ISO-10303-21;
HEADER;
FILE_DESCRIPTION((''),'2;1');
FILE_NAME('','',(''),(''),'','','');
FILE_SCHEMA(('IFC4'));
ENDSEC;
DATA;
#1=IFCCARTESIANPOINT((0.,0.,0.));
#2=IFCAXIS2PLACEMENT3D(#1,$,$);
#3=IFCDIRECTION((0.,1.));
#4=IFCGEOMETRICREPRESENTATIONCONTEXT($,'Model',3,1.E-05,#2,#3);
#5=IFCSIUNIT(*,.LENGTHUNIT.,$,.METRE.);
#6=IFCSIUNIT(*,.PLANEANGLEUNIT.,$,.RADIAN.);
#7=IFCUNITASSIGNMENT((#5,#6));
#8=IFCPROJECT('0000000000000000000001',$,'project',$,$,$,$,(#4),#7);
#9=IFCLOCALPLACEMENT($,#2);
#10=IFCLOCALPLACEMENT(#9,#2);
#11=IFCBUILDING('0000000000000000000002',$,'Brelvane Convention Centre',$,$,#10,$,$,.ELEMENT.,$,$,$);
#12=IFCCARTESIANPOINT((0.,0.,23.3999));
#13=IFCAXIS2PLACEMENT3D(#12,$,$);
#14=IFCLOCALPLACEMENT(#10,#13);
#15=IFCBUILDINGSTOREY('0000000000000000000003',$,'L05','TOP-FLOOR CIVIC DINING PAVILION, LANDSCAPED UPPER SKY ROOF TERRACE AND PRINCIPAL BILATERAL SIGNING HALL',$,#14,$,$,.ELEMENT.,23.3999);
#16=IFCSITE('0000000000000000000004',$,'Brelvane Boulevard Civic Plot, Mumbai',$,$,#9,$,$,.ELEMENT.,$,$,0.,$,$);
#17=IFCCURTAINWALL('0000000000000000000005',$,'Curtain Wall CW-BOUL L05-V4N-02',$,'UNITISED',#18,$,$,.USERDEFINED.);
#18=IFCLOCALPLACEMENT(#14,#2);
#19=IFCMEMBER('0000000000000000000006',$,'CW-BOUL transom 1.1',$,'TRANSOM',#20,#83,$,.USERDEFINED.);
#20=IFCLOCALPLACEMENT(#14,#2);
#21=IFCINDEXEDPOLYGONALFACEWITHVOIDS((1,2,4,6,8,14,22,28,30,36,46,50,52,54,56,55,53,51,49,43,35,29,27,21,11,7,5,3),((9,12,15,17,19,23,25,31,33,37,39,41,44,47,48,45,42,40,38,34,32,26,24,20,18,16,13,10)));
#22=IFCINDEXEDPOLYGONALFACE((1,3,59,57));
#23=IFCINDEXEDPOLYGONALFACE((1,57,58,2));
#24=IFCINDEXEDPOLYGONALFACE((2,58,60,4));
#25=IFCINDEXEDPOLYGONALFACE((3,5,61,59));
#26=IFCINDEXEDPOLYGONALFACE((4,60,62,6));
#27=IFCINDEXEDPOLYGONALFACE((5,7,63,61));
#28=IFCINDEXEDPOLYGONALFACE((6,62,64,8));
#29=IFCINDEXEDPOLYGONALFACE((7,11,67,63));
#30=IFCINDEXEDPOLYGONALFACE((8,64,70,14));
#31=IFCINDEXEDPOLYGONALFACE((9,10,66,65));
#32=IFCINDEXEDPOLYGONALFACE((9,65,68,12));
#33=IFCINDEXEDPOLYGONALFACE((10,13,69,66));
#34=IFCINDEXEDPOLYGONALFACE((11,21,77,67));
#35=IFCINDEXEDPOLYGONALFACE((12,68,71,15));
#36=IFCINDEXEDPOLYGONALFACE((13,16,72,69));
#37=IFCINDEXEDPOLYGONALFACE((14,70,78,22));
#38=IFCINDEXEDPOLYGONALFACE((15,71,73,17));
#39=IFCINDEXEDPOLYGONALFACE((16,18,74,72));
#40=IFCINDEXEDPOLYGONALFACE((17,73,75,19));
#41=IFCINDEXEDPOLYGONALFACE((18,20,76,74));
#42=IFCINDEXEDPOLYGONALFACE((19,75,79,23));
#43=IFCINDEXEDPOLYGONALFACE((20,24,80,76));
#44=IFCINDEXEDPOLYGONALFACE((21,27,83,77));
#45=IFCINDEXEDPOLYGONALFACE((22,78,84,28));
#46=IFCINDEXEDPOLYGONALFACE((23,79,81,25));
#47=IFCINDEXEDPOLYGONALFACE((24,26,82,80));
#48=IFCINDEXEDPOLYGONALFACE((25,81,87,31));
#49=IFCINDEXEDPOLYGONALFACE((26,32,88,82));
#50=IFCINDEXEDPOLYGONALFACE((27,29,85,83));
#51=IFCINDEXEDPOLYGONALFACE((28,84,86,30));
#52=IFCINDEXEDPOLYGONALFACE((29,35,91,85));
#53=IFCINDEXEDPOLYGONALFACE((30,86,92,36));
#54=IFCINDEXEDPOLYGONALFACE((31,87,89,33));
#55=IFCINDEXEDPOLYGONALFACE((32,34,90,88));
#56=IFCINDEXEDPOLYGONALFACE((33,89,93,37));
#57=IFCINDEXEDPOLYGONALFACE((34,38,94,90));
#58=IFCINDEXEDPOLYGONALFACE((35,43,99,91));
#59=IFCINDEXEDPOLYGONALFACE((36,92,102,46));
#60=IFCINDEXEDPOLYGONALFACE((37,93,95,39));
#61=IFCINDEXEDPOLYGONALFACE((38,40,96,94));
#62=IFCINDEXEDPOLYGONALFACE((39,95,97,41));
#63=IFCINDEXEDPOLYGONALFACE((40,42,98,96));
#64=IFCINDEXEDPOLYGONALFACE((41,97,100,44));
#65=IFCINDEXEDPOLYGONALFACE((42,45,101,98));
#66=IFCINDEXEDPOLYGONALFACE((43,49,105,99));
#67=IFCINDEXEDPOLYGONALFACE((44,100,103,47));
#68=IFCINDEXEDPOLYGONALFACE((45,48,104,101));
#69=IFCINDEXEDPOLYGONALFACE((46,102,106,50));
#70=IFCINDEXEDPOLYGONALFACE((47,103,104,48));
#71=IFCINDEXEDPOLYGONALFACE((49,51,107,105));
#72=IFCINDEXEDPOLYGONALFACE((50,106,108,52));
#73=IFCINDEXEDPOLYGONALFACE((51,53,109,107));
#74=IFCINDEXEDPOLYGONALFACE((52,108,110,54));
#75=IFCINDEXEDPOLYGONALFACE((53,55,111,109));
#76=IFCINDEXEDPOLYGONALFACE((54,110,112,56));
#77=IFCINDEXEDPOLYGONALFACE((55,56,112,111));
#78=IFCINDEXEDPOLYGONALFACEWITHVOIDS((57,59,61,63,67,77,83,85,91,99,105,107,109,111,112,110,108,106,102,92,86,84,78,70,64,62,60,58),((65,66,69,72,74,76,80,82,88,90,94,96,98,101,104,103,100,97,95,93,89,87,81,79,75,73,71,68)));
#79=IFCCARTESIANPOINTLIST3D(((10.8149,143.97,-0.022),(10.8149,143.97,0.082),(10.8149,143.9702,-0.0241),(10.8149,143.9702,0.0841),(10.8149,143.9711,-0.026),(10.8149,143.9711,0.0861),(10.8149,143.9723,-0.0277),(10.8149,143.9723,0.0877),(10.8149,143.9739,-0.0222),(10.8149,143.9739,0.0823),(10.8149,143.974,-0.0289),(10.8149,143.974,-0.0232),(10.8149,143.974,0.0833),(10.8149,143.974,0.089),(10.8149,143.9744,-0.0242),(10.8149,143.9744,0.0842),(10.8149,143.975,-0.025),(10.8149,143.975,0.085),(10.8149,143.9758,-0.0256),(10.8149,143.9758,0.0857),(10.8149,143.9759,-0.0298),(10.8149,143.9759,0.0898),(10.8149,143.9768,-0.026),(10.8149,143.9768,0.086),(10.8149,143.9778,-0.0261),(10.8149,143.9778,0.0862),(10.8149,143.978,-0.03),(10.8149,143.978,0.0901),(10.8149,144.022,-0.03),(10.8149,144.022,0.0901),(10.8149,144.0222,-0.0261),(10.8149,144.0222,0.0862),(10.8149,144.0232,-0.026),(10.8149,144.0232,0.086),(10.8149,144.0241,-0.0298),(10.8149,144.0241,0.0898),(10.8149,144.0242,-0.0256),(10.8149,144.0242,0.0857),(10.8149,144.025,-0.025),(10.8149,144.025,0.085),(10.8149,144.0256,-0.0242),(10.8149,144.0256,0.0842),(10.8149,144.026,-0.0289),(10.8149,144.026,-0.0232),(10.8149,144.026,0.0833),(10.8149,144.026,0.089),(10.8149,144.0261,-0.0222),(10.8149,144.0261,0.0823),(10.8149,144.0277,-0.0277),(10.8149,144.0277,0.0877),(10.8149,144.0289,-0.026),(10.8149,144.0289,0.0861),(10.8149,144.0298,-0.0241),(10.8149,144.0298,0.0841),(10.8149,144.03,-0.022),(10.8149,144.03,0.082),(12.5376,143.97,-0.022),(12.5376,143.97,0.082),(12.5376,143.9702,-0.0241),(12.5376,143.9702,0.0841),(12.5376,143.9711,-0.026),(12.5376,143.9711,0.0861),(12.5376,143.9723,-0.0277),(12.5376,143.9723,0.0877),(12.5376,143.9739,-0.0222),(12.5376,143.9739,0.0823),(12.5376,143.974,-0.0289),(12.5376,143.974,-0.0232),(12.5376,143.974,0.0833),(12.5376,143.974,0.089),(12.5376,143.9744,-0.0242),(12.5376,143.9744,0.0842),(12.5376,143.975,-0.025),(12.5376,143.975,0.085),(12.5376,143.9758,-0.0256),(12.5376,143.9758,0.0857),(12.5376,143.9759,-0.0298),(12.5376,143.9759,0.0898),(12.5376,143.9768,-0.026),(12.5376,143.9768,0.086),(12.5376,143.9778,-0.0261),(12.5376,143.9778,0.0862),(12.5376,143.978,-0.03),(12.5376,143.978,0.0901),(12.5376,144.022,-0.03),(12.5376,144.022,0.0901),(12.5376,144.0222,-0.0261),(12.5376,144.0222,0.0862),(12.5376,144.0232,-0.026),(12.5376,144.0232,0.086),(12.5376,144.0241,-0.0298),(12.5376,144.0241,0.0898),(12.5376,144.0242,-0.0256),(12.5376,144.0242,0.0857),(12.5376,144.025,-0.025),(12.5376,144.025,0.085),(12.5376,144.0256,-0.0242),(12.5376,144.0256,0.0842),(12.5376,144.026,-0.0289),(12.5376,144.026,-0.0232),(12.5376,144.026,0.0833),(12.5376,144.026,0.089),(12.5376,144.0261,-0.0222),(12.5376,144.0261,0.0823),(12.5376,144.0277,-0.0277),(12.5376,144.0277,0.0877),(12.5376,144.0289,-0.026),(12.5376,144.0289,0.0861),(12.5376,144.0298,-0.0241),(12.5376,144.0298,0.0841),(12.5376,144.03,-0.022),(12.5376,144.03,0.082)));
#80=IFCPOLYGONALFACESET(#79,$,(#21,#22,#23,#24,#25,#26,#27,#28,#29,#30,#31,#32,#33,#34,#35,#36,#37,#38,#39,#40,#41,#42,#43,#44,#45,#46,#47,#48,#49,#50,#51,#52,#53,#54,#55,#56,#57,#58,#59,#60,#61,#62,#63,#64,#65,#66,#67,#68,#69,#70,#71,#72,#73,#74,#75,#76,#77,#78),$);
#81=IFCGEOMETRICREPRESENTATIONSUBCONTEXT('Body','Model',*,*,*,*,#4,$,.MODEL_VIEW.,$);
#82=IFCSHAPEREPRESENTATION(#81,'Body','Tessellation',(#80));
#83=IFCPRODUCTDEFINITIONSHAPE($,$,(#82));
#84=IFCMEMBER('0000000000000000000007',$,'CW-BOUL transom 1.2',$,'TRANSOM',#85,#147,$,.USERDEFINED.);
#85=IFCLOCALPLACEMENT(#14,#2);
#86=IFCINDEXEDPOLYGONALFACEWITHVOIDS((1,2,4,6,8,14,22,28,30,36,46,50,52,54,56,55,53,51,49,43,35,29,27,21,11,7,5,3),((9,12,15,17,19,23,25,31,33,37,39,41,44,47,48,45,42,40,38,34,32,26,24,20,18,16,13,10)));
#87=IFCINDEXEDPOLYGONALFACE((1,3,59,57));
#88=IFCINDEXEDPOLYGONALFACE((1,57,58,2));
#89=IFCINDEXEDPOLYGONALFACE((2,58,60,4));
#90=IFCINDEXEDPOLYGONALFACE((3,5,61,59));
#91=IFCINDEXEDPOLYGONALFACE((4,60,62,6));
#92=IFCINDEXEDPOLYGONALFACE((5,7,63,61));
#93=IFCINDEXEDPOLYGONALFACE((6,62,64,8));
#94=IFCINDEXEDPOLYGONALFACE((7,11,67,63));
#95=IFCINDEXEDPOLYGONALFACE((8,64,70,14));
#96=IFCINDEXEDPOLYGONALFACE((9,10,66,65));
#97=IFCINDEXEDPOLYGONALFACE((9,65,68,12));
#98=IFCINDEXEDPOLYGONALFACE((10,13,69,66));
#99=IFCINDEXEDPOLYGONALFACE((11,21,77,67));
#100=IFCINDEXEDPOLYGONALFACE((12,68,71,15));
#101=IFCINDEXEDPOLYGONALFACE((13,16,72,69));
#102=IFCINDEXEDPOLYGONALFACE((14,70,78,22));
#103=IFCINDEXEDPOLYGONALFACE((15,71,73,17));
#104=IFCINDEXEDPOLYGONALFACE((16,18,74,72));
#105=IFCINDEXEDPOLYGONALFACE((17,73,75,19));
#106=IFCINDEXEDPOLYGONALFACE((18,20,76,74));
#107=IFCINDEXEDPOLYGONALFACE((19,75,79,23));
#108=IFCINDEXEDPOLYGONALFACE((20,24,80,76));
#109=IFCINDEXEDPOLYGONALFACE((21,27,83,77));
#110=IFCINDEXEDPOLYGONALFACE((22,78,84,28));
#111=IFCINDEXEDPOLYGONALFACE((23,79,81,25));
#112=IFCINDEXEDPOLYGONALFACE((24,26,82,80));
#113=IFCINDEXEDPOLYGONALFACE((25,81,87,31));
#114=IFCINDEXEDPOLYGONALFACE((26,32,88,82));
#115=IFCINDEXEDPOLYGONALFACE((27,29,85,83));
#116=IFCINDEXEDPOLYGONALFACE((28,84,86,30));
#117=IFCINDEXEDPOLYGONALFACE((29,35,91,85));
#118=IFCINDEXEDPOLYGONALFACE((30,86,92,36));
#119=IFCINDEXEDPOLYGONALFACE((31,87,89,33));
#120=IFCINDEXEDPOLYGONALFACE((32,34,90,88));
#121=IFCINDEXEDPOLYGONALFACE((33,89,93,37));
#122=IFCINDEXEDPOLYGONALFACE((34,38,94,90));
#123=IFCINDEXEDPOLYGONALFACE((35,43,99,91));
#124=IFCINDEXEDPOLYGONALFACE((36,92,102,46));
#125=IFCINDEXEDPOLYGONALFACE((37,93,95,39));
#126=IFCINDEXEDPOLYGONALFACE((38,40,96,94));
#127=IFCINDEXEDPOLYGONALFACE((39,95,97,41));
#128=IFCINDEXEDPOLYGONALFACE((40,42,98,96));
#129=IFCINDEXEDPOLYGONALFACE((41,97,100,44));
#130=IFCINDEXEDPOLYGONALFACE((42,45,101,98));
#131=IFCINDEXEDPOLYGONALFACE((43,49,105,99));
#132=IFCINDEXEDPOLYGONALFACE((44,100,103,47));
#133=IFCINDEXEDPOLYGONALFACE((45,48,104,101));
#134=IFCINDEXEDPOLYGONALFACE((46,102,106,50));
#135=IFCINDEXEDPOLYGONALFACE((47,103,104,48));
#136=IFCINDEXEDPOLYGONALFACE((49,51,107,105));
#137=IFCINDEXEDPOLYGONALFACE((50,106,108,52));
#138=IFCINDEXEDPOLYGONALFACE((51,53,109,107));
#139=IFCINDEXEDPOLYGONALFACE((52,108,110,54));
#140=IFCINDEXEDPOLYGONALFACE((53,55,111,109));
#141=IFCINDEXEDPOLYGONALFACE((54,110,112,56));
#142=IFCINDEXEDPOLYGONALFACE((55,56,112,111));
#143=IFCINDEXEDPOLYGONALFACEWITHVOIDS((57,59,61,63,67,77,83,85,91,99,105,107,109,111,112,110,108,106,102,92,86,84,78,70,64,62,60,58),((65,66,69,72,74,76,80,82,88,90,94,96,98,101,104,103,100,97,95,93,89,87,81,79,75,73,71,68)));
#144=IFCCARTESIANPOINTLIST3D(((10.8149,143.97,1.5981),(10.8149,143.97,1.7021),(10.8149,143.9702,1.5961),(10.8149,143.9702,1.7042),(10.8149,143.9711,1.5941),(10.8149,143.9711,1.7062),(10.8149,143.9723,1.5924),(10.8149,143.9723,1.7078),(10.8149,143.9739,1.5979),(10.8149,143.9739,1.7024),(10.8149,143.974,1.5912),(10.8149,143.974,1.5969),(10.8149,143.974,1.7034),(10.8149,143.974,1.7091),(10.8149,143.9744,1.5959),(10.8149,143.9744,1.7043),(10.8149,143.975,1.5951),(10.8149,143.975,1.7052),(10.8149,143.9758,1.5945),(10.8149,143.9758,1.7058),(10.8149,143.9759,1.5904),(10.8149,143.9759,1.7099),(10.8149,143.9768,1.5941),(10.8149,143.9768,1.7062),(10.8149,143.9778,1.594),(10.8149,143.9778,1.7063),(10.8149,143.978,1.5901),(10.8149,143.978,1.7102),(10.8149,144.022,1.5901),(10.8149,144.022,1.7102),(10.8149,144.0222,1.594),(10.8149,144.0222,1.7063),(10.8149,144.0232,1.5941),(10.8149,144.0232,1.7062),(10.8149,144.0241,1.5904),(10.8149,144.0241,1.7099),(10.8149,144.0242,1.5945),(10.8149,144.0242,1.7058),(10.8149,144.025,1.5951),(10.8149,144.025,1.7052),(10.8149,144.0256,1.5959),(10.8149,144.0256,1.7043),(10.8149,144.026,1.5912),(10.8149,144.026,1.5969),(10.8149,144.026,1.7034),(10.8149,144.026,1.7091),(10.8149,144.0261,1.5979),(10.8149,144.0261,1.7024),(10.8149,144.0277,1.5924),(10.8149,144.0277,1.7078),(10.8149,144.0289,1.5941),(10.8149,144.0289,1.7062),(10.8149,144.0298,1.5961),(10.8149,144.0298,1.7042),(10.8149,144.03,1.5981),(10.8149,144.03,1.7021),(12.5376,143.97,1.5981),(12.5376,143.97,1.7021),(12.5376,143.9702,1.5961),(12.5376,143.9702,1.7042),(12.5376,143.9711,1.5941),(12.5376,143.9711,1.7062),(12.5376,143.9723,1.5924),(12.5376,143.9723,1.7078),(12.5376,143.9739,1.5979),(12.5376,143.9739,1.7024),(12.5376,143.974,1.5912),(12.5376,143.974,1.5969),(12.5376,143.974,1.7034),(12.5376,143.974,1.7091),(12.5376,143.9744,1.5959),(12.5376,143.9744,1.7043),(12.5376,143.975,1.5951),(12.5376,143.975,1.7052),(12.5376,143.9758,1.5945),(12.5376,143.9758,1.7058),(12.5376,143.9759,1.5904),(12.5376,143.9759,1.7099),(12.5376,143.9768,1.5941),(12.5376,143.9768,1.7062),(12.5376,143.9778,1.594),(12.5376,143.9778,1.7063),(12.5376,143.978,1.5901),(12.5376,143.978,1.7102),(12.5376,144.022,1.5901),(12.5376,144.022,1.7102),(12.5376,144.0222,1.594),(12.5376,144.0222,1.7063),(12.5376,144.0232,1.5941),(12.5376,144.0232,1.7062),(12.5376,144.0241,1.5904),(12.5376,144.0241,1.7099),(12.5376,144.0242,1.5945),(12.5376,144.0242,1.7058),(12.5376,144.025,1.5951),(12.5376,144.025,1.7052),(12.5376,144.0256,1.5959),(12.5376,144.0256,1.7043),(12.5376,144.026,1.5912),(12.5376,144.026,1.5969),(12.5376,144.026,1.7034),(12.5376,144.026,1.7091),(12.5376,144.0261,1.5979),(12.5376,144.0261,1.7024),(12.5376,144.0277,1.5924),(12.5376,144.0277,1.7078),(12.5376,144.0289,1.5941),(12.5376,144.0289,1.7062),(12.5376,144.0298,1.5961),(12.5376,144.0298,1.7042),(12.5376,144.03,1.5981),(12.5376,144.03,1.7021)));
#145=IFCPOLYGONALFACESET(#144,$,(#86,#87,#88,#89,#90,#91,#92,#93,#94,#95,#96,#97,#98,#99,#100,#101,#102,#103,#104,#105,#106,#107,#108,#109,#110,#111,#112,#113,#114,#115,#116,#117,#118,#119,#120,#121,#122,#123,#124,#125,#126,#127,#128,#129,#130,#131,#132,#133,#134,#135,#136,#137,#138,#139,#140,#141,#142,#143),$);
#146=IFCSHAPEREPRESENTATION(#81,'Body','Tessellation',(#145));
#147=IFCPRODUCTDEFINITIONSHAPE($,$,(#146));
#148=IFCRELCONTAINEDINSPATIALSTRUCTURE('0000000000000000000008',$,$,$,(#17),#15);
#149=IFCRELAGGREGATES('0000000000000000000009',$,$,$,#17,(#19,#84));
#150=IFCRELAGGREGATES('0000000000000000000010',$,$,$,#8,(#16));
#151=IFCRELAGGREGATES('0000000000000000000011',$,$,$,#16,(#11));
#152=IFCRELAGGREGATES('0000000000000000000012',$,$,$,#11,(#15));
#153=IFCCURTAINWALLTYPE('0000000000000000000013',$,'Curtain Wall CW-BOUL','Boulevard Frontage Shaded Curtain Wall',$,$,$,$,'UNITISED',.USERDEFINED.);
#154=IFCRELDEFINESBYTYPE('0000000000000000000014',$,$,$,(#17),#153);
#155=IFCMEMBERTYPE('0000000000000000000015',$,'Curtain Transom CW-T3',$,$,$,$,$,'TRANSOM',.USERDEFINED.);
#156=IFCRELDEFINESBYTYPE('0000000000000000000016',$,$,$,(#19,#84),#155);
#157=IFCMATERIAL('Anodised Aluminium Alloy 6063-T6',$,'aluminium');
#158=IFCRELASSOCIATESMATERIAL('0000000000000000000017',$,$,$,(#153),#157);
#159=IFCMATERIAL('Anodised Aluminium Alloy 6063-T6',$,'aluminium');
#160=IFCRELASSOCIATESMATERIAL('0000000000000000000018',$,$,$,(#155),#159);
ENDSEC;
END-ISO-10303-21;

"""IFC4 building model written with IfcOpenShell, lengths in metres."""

from ifc_helpers import new_model, si_unit, direction, frame, origin, origin_2d, place, context, subcontext, project, spatial, hollow_rectangle, extrude, material, material_profile, profile_set, type_object, element, aggregate, save


model = new_model("IFC4")

# Units and contexts
model_context = context("Model", 3, precision=1e-05, world=origin(), true_north=direction((0.0, 1.0)))
body_context = subcontext(model_context, "Body", "Model", "MODEL_VIEW")
ifc_project = project(units=[si_unit("LENGTHUNIT", "METRE"), si_unit("PLANEANGLEUNIT", "RADIAN")], contexts=[model_context])

# Site, building, storey
site_placement = place(None, origin())
site = spatial("IfcSite", under=ifc_project, at=site_placement, Name="Brelvane Boulevard Civic Plot, Mumbai", CompositionType="ELEMENT", RefElevation=0.0)
building_placement = place(site_placement, origin())
building = spatial("IfcBuilding", under=site, at=building_placement, Name="Brelvane Convention Centre", CompositionType="ELEMENT")
storey_placement = place(building_placement, frame((0.0, 0.0, 23.3999)))
storey = spatial("IfcBuildingStorey", under=building, at=storey_placement, Name="L05", Description="TOP-FLOOR CIVIC DINING PAVILION, LANDSCAPED UPPER SKY ROOF TERRACE AND PRINCIPAL BILATERAL SIGNING HALL", CompositionType="ELEMENT", Elevation=23.3999)

# Curtain wall, members
ifc_material_1 = material(Name="Anodised Aluminium Alloy 6063-T6", Category="aluminium")
curtain_wall_type = type_object("IfcCurtainWallType", Name="Curtain Wall CW-BOUL", Description="Boulevard Frontage Shaded Curtain Wall", ElementType="UNITISED", PredefinedType="USERDEFINED", material=ifc_material_1)
curtain_wall_placement = place(storey_placement, origin())
curtain_wall = element("IfcCurtainWall", 1, at=curtain_wall_placement, inside=storey, type_object=curtain_wall_type, Name="Curtain Wall CW-BOUL L05-V4N-02", ObjectType="UNITISED", PredefinedType="USERDEFINED")
ifc_material_2 = material(Name="Anodised Aluminium Alloy 6063-T6", Category="aluminium")
ifc_material_profile_1 = material_profile(ifc_material_2, hollow_rectangle(XDim=0.0601, YDim=0.1201, WallThickness=0.0039, InnerFilletRadius=0.0039, OuterFilletRadius=0.0081, at=origin_2d()), Name="ALU-T 120x60x4.0")
ifc_profile_set_1 = profile_set([ifc_material_profile_1], Name="Anodised Aluminium Alloy 6063-T6")
member_type_1 = type_object("IfcMemberType", Name="Curtain Transom CW-T3", ElementType="TRANSOM", PredefinedType="USERDEFINED", material=ifc_profile_set_1)
member_1_placement = place(storey_placement, frame((10.8149, 144.0, 0.03), z_axis=(1.0, 0.0, 0.0), x_axis=(0.0, 1.0, 0.0)))
member_1 = element("IfcMember", 2, at=member_1_placement, type_object=member_type_1, Name="CW-BOUL transom 1.1", ObjectType="TRANSOM", PredefinedType="USERDEFINED", context=body_context, shape_type="SweptSolid", body=[
    extrude(hollow_rectangle(XDim=0.0601, YDim=0.1201, WallThickness=0.0039, InnerFilletRadius=0.0039, OuterFilletRadius=0.0081, at=origin_2d()), origin(), (0.0, 0.0, 1.0), 1.7227),
])
member_2_placement = place(storey_placement, frame((10.8149, 144.0, 1.6501), z_axis=(1.0, 0.0, 0.0), x_axis=(0.0, 1.0, 0.0)))
member_2 = element("IfcMember", 3, at=member_2_placement, type_object=member_type_1, Name="CW-BOUL transom 1.2", ObjectType="TRANSOM", PredefinedType="USERDEFINED", context=body_context, shape_type="SweptSolid", body=[
    extrude(hollow_rectangle(XDim=0.0601, YDim=0.1201, WallThickness=0.0039, InnerFilletRadius=0.0039, OuterFilletRadius=0.0081, at=origin_2d()), origin(), (0.0, 0.0, 1.0), 1.7227),
])

aggregate(curtain_wall, [member_1, member_2])

save(model, "model.ifc")
